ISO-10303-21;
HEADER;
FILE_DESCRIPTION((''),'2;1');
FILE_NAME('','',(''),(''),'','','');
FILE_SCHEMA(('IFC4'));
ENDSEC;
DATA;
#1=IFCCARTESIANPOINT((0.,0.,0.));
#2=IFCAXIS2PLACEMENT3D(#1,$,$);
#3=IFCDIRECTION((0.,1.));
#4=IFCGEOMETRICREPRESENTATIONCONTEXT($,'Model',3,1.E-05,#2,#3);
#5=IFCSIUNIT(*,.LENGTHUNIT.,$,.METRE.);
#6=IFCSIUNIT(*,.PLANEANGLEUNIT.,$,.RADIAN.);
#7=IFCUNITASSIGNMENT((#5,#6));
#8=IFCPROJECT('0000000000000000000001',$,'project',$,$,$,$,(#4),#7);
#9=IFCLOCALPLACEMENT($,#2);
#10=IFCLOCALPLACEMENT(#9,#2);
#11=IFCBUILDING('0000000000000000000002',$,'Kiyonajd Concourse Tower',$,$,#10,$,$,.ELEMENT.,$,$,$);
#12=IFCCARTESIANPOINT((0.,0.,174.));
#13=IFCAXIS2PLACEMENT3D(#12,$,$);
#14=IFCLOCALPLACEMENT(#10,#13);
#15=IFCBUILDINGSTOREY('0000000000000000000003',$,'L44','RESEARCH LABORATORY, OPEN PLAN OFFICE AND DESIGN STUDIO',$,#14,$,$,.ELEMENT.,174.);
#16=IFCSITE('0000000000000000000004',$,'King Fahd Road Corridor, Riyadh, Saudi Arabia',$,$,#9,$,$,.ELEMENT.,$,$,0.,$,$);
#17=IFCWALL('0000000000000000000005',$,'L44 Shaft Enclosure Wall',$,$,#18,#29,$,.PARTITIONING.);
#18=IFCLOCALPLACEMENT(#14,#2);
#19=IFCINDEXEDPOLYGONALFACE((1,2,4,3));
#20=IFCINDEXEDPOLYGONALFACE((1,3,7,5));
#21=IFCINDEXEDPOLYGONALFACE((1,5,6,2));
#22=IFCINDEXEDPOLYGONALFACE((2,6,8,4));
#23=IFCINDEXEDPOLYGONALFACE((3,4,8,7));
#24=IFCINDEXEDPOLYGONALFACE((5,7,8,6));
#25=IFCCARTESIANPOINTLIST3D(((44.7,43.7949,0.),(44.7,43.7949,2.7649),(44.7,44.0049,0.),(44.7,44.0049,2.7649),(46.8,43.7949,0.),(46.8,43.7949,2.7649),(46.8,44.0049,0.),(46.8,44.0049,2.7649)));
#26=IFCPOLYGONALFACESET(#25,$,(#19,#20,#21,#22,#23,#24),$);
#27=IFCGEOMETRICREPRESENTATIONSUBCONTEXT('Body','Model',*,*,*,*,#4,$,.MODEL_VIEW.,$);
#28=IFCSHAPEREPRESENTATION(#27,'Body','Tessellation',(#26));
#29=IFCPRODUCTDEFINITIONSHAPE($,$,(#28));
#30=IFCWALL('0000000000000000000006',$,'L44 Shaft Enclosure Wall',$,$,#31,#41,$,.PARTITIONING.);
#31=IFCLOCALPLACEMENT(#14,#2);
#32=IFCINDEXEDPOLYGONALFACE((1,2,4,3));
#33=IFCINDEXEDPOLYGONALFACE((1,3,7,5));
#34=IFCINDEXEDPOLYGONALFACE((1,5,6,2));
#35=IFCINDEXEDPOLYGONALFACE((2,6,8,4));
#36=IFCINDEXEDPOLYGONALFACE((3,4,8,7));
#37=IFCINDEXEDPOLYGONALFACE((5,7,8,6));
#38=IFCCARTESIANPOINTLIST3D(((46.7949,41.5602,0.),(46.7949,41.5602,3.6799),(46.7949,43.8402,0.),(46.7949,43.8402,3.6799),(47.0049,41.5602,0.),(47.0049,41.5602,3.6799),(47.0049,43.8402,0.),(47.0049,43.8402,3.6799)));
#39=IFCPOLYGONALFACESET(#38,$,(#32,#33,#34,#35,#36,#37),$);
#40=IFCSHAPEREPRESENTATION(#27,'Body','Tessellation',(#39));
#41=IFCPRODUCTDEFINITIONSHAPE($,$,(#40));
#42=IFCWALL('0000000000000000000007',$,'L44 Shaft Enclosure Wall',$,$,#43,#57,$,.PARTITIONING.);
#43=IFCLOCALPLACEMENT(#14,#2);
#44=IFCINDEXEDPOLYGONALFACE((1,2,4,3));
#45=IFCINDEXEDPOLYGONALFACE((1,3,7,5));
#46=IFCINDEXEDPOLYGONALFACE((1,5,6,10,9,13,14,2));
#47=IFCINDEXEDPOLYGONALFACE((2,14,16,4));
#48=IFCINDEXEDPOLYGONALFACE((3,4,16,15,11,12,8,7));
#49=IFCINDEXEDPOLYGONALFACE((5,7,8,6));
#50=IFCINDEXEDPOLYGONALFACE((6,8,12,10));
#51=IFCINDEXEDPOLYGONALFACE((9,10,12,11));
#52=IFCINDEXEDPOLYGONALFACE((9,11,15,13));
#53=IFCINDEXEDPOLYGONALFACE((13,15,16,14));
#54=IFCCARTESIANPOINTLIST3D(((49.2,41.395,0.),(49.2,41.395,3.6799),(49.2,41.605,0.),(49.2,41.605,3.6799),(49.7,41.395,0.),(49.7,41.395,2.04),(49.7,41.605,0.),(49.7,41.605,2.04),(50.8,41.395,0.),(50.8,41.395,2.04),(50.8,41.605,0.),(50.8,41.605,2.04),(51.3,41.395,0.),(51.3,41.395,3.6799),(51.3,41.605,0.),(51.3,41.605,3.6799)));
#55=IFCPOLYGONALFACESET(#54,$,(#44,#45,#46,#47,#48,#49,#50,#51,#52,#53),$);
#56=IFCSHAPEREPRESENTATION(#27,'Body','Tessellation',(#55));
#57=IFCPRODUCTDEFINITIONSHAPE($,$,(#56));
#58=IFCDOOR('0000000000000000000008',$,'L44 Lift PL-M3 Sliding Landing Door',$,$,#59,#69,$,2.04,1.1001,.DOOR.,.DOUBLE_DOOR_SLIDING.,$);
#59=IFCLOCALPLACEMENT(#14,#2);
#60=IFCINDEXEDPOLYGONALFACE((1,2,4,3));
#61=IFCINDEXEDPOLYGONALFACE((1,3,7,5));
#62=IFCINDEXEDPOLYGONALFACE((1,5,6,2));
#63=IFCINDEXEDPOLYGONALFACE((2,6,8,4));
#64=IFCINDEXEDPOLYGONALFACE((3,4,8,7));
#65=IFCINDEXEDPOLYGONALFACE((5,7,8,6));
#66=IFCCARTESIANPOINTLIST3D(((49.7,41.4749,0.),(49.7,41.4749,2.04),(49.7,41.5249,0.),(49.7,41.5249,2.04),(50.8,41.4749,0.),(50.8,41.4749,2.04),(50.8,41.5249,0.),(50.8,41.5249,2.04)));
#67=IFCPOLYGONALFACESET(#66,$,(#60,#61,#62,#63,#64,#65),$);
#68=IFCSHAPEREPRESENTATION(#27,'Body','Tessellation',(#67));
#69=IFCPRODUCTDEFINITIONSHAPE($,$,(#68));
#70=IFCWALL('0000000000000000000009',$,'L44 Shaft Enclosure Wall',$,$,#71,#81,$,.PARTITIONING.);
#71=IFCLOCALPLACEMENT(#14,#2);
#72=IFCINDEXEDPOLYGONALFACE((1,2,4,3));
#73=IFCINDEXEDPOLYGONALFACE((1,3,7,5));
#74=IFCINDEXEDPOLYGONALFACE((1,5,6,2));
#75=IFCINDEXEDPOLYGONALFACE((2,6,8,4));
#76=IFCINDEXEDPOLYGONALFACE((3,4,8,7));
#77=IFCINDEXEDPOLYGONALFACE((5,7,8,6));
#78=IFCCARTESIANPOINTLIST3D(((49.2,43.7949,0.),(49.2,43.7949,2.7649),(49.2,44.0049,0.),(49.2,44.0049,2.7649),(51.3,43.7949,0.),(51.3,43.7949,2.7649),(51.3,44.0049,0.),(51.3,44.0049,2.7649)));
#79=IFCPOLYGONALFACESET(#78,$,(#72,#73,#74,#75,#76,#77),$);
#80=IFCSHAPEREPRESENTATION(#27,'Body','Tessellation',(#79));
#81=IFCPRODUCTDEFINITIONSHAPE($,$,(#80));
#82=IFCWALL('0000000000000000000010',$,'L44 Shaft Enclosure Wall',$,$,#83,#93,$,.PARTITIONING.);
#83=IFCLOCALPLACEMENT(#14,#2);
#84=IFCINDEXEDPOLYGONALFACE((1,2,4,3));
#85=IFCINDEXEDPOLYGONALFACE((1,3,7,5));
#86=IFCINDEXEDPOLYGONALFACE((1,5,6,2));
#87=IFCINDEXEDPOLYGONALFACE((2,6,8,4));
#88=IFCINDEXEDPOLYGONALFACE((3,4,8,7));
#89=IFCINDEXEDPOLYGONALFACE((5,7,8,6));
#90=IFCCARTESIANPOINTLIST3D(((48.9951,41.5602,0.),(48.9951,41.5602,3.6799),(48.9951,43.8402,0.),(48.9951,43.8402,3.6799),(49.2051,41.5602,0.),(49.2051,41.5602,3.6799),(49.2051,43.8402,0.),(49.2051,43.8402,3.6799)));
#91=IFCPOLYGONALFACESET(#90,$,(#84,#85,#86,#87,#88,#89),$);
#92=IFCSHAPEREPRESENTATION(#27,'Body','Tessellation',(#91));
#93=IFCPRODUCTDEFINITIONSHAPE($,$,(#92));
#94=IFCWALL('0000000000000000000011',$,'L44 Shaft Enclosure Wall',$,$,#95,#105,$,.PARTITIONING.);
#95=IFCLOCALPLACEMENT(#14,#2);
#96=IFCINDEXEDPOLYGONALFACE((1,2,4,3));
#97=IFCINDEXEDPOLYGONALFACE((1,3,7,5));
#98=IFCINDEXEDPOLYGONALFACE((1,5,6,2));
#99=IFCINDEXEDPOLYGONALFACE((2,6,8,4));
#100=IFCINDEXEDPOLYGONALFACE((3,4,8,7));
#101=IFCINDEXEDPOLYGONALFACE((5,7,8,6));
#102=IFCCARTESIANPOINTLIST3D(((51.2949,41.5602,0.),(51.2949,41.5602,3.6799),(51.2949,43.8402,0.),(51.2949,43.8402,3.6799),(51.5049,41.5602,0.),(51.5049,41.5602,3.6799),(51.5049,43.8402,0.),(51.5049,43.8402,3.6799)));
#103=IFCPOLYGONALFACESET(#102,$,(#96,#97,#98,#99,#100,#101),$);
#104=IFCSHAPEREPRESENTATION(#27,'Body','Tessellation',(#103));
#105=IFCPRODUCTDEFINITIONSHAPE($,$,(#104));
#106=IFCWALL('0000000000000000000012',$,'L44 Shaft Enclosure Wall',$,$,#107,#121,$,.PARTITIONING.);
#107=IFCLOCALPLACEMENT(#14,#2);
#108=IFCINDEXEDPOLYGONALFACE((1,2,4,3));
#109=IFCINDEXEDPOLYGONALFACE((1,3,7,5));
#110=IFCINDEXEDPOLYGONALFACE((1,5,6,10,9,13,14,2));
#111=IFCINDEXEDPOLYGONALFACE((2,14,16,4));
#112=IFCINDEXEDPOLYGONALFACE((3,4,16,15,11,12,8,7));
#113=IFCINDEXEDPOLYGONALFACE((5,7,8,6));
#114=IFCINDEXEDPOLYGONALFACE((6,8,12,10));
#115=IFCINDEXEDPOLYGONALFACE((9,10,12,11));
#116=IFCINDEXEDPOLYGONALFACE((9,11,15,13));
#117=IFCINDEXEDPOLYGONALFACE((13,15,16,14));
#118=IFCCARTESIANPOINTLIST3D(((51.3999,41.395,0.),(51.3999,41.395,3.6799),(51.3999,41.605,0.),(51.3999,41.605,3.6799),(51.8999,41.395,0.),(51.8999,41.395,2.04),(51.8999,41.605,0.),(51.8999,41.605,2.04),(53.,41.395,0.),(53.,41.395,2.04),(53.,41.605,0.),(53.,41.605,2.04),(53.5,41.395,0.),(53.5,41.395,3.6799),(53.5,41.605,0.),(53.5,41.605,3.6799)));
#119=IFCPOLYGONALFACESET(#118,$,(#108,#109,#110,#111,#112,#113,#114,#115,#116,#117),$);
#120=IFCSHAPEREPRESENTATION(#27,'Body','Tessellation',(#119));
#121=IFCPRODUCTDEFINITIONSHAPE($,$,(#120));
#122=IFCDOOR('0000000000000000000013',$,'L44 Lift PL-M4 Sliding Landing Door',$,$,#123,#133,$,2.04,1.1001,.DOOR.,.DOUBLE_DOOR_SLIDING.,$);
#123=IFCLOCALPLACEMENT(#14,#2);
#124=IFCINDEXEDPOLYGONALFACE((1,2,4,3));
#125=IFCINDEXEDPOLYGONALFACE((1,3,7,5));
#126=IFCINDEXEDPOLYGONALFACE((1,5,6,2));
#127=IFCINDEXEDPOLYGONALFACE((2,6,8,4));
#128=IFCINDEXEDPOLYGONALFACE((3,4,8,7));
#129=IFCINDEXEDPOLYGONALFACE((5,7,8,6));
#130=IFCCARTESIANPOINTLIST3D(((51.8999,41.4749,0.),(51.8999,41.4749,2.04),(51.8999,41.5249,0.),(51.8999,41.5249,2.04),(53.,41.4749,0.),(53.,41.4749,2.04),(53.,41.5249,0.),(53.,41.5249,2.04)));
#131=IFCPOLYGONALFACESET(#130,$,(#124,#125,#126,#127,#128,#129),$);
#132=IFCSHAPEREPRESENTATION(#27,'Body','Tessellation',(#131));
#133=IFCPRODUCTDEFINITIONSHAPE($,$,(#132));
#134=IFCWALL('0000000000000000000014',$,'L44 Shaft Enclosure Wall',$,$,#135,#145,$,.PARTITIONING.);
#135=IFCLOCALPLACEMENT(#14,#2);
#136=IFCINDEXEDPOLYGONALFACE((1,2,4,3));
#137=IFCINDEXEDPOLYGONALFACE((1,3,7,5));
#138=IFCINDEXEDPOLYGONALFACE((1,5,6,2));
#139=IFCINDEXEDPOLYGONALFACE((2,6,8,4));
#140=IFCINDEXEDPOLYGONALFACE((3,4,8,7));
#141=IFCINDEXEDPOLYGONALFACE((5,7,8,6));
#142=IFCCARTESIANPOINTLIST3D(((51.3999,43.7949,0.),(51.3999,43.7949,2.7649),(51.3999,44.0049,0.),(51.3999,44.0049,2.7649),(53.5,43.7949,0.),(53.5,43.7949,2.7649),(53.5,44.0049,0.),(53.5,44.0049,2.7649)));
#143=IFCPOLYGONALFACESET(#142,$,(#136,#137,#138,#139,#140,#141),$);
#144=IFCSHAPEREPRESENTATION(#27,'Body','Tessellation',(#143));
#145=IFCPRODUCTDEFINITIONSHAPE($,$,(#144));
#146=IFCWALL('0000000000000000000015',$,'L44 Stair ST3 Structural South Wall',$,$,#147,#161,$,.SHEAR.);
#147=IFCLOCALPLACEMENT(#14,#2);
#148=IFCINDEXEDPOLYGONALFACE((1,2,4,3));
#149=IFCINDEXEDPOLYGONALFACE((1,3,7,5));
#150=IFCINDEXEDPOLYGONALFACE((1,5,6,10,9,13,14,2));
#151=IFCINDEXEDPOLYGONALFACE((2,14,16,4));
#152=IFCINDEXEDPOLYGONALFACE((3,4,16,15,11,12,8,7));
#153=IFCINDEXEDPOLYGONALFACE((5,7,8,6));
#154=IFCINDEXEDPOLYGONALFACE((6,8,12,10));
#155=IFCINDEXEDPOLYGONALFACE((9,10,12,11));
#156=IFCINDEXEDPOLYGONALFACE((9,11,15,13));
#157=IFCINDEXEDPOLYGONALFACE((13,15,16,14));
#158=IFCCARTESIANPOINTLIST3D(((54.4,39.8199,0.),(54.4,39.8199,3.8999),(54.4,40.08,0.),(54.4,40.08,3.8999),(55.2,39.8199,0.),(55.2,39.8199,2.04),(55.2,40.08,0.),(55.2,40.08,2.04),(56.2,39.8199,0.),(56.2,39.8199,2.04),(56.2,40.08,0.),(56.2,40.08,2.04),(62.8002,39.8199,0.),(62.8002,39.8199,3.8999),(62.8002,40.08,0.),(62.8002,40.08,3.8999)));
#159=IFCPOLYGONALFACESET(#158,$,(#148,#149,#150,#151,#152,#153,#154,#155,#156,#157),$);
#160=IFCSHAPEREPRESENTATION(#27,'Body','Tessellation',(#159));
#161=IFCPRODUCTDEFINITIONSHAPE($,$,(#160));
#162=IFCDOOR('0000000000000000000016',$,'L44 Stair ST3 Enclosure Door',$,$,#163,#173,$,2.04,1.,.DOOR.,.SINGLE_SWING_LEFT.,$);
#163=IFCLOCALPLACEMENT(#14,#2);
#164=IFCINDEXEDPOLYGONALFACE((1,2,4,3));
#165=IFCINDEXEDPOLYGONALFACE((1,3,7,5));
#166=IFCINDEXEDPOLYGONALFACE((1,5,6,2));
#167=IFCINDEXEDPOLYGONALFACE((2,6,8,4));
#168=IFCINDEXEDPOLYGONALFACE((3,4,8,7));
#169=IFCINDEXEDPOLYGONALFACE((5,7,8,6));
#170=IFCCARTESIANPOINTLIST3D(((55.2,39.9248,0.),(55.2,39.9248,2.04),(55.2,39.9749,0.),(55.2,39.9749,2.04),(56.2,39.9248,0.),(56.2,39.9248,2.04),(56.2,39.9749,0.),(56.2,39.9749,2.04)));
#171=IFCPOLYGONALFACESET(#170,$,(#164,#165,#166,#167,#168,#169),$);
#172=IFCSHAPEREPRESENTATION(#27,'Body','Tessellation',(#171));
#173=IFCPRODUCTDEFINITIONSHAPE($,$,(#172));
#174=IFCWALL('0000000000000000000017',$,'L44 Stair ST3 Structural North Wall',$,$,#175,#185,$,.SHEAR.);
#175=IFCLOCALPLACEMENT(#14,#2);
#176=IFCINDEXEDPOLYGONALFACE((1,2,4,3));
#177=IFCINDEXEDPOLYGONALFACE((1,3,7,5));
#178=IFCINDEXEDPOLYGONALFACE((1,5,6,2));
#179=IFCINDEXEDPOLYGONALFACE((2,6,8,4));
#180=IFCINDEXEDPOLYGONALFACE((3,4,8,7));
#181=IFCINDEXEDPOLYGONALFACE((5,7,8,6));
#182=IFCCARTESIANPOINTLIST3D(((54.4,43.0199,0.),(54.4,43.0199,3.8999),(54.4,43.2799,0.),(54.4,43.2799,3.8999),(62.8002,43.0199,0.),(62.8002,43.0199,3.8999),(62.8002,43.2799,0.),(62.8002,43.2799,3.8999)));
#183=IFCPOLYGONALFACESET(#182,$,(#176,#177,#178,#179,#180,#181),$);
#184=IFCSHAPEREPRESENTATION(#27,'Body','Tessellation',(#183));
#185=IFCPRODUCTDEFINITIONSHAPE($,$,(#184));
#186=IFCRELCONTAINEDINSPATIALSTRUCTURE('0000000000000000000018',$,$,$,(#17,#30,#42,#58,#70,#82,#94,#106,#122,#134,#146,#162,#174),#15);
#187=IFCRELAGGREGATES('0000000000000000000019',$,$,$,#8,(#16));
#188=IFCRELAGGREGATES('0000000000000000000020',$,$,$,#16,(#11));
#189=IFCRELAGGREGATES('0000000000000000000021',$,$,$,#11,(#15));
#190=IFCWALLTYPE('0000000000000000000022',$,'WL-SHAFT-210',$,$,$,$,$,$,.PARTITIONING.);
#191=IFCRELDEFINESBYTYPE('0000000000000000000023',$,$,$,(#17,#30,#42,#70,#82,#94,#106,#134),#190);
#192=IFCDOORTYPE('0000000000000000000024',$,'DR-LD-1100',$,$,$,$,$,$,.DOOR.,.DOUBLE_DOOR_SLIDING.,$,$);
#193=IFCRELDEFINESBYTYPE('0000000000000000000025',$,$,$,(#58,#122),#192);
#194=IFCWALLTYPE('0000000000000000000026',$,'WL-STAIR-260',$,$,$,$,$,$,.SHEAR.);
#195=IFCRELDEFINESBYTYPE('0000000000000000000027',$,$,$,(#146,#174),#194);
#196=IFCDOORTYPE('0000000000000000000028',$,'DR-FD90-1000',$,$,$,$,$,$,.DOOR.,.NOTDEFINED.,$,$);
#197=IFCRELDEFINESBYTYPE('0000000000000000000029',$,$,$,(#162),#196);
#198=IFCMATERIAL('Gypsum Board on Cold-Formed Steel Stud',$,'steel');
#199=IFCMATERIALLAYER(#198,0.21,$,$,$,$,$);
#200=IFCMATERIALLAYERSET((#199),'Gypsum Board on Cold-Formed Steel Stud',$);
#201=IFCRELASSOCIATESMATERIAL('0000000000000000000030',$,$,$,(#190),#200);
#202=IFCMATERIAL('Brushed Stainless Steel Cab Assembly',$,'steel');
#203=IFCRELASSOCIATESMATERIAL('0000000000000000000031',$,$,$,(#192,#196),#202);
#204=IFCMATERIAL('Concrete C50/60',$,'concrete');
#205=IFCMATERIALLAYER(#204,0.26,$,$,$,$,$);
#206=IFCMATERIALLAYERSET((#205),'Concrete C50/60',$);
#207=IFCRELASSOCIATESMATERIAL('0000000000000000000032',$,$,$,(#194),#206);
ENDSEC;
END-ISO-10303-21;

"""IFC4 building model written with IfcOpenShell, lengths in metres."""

from ifc_helpers import new_model, si_unit, direction, frame, frame_2d, origin, place, context, subcontext, project, spatial, rectangle, extrude, material, layer, layer_set, type_object, element, fill, save


model = new_model("IFC4")

# Units and contexts
model_context = context("Model", 3, precision=1e-05, world=origin(), true_north=direction((0.0, 1.0)))
body_context = subcontext(model_context, "Body", "Model", "MODEL_VIEW")
ifc_project = project(units=[si_unit("LENGTHUNIT", "METRE"), si_unit("PLANEANGLEUNIT", "RADIAN")], contexts=[model_context])

# Site, building, storey
site_placement = place(None, origin())
site = spatial("IfcSite", under=ifc_project, at=site_placement, Name="King Fahd Road Corridor, Riyadh, Saudi Arabia", CompositionType="ELEMENT", RefElevation=0.0)
building_placement = place(site_placement, origin())
building = spatial("IfcBuilding", under=site, at=building_placement, Name="Kiyonajd Concourse Tower", CompositionType="ELEMENT")
storey_placement = place(building_placement, frame((0.0, 0.0, 174.0)))
storey = spatial("IfcBuildingStorey", under=building, at=storey_placement, Name="L44", Description="RESEARCH LABORATORY, OPEN PLAN OFFICE AND DESIGN STUDIO", CompositionType="ELEMENT", Elevation=174.0)

# Shared definitions
ifc_material_1 = material(Name="Concrete C50/60", Category="concrete")

# Shared definitions
ifc_material_2 = material(Name="Gypsum Board on Cold-Formed Steel Stud", Category="steel")
ifc_layer_1 = layer(ifc_material_2, 0.21)
ifc_layer_set_1 = layer_set([ifc_layer_1], Name="Gypsum Board on Cold-Formed Steel Stud")
wall_type_1 = type_object("IfcWallType", Name="WL-SHAFT-210", PredefinedType="PARTITIONING", material=ifc_layer_set_1)

# Shared definitions
ifc_material_3 = material(Name="Brushed Stainless Steel Cab Assembly", Category="steel")
door_type_1 = type_object("IfcDoorType", Name="DR-LD-1100", OperationType="DOUBLE_DOOR_SLIDING", PredefinedType="DOOR", material=ifc_material_3)

# Walls
wall_1_placement = place(storey_placement, frame((44.7, 43.8999, 0.0), z_axis=(0.0, 0.0, 1.0), x_axis=(1.0, 0.0, 0.0)))
element("IfcWall", 1, at=wall_1_placement, inside=storey, type_object=wall_type_1, Name="L44 Shaft Enclosure Wall", PredefinedType="PARTITIONING", context=body_context, shape_type="SweptSolid", body=[
    extrude(rectangle(XDim=2.1001, YDim=0.21, at=frame_2d((1.05, 0.0))), origin(), (0.0, 0.0, 1.0), 2.7649),
])
wall_2_placement = place(storey_placement, frame((46.8999, 41.5601, 0.0), z_axis=(0.0, 0.0, 1.0), x_axis=(0.0, 1.0, 0.0)))
element("IfcWall", 2, at=wall_2_placement, inside=storey, type_object=wall_type_1, Name="L44 Shaft Enclosure Wall", PredefinedType="PARTITIONING", context=body_context, shape_type="SweptSolid", body=[
    extrude(rectangle(XDim=2.28, YDim=0.21, at=frame_2d((1.1401, 0.0))), origin(), (0.0, 0.0, 1.0), 3.6799),
])

# Wall, opening, door
wall_3_placement = place(storey_placement, frame((49.2, 41.5, 0.0), z_axis=(0.0, 0.0, 1.0), x_axis=(1.0, 0.0, 0.0)))
wall_3 = element("IfcWall", 3, at=wall_3_placement, inside=storey, type_object=wall_type_1, Name="L44 Shaft Enclosure Wall", PredefinedType="PARTITIONING", context=body_context, shape_type="SweptSolid", body=[
    extrude(rectangle(XDim=2.1001, YDim=0.21, at=frame_2d((1.05, 0.0))), origin(), (0.0, 0.0, 1.0), 3.6799),
])
opening_1_placement = place(wall_3_placement, frame((0.5, 0.0, 0.0)))
opening_1 = element("IfcOpeningElement", 4, at=opening_1_placement, cuts=wall_3, PredefinedType="OPENING", context=body_context, shape_type="SweptSolid", body=[
    extrude(rectangle(XDim=1.1001, YDim=2.04, at=frame_2d((0.55, 1.02))), frame((0.0, 0.115, 0.0), z_axis=(0.0, -1.0, 0.0), x_axis=(1.0, 0.0, 0.0)), (0.0, 0.0, 1.0), 0.23),
])
door_1_placement = place(opening_1_placement, origin())
door_1 = element("IfcDoor", 5, at=door_1_placement, inside=storey, type_object=door_type_1, Name="L44 Lift PL-M3 Sliding Landing Door", OperationType="DOUBLE_DOOR_SLIDING", OverallHeight=2.04, OverallWidth=1.1001, PredefinedType="DOOR", context=body_context, shape_type="SweptSolid", body=[
    extrude(rectangle(XDim=1.1001, YDim=2.04, at=frame_2d((0.55, 1.02))), frame((0.0, 0.0249, 0.0), z_axis=(0.0, -1.0, 0.0), x_axis=(1.0, 0.0, 0.0)), (0.0, 0.0, 1.0), 0.05),
])
fill(opening_1, door_1)

# Walls
wall_4_placement = place(storey_placement, frame((49.2, 43.8999, 0.0), z_axis=(0.0, 0.0, 1.0), x_axis=(1.0, 0.0, 0.0)))
element("IfcWall", 6, at=wall_4_placement, inside=storey, type_object=wall_type_1, Name="L44 Shaft Enclosure Wall", PredefinedType="PARTITIONING", context=body_context, shape_type="SweptSolid", body=[
    extrude(rectangle(XDim=2.1001, YDim=0.21, at=frame_2d((1.05, 0.0))), origin(), (0.0, 0.0, 1.0), 2.7649),
])
for number, where, z_axis, x_axis, name in (
    (7, (49.1001, 41.5601, 0.0), (0.0, 0.0, 1.0), (0.0, 1.0, 0.0), "L44 Shaft Enclosure Wall"),
    (8, (51.3999, 41.5601, 0.0), (0.0, 0.0, 1.0), (0.0, 1.0, 0.0), "L44 Shaft Enclosure Wall"),
):
    element("IfcWall", number, at=place(storey_placement, frame(where, z_axis=z_axis, x_axis=x_axis)), inside=storey, type_object=wall_type_1, Name=name, PredefinedType="PARTITIONING", context=body_context, shape_type="SweptSolid", body=[
        extrude(rectangle(XDim=2.28, YDim=0.21, at=frame_2d((1.1401, 0.0))), origin(), (0.0, 0.0, 1.0), 3.6799),
    ])

# Wall, opening, door
wall_5_placement = place(storey_placement, frame((51.3999, 41.5, 0.0), z_axis=(0.0, 0.0, 1.0), x_axis=(1.0, 0.0, 0.0)))
wall_5 = element("IfcWall", 9, at=wall_5_placement, inside=storey, type_object=wall_type_1, Name="L44 Shaft Enclosure Wall", PredefinedType="PARTITIONING", context=body_context, shape_type="SweptSolid", body=[
    extrude(rectangle(XDim=2.1001, YDim=0.21, at=frame_2d((1.05, 0.0))), origin(), (0.0, 0.0, 1.0), 3.6799),
])
opening_2_placement = place(wall_5_placement, frame((0.5, 0.0, 0.0)))
opening_2 = element("IfcOpeningElement", 10, at=opening_2_placement, cuts=wall_5, PredefinedType="OPENING", context=body_context, shape_type="SweptSolid", body=[
    extrude(rectangle(XDim=1.1001, YDim=2.04, at=frame_2d((0.55, 1.02))), frame((0.0, 0.115, 0.0), z_axis=(0.0, -1.0, 0.0), x_axis=(1.0, 0.0, 0.0)), (0.0, 0.0, 1.0), 0.23),
])
door_2_placement = place(opening_2_placement, origin())
door_2 = element("IfcDoor", 11, at=door_2_placement, inside=storey, type_object=door_type_1, Name="L44 Lift PL-M4 Sliding Landing Door", OperationType="DOUBLE_DOOR_SLIDING", OverallHeight=2.04, OverallWidth=1.1001, PredefinedType="DOOR", context=body_context, shape_type="SweptSolid", body=[
    extrude(rectangle(XDim=1.1001, YDim=2.04, at=frame_2d((0.55, 1.02))), frame((0.0, 0.0249, 0.0), z_axis=(0.0, -1.0, 0.0), x_axis=(1.0, 0.0, 0.0)), (0.0, 0.0, 1.0), 0.05),
])
fill(opening_2, door_2)

# Wall
wall_6_placement = place(storey_placement, frame((51.3999, 43.8999, 0.0), z_axis=(0.0, 0.0, 1.0), x_axis=(1.0, 0.0, 0.0)))
element("IfcWall", 12, at=wall_6_placement, inside=storey, type_object=wall_type_1, Name="L44 Shaft Enclosure Wall", PredefinedType="PARTITIONING", context=body_context, shape_type="SweptSolid", body=[
    extrude(rectangle(XDim=2.1001, YDim=0.21, at=frame_2d((1.05, 0.0))), origin(), (0.0, 0.0, 1.0), 2.7649),
])

# Wall, opening, door
ifc_layer_2 = layer(ifc_material_1, 0.26)
ifc_layer_set_2 = layer_set([ifc_layer_2], Name="Concrete C50/60")
wall_type_2 = type_object("IfcWallType", Name="WL-STAIR-260", PredefinedType="SHEAR", material=ifc_layer_set_2)
wall_7_placement = place(storey_placement, frame((54.3999, 39.95, 0.0), z_axis=(0.0, 0.0, 1.0), x_axis=(1.0, 0.0, 0.0)))
wall_7 = element("IfcWall", 13, at=wall_7_placement, inside=storey, type_object=wall_type_2, Name="L44 Stair ST3 Structural South Wall", PredefinedType="SHEAR", context=body_context, shape_type="SweptSolid", body=[
    extrude(rectangle(XDim=8.4001, YDim=0.26, at=frame_2d((4.2002, 0.0))), origin(), (0.0, 0.0, 1.0), 3.8999),
])
opening_3_placement = place(wall_7_placement, frame((0.8, 0.0, 0.0)))
opening_3 = element("IfcOpeningElement", 14, at=opening_3_placement, cuts=wall_7, PredefinedType="OPENING", context=body_context, shape_type="SweptSolid", body=[
    extrude(rectangle(XDim=1.0, YDim=2.04, at=frame_2d((0.5, 1.02))), frame((0.0, 0.1399, 0.0), z_axis=(0.0, -1.0, 0.0), x_axis=(1.0, 0.0, 0.0)), (0.0, 0.0, 1.0), 0.28),
])
door_type_2 = type_object("IfcDoorType", Name="DR-FD90-1000", OperationType="NOTDEFINED", PredefinedType="DOOR", material=ifc_material_3)
door_3_placement = place(opening_3_placement, origin())
door_3 = element("IfcDoor", 15, at=door_3_placement, inside=storey, type_object=door_type_2, Name="L44 Stair ST3 Enclosure Door", OperationType="SINGLE_SWING_LEFT", OverallHeight=2.04, OverallWidth=1.0, PredefinedType="DOOR", context=body_context, shape_type="SweptSolid", body=[
    extrude(rectangle(XDim=1.0, YDim=2.04, at=frame_2d((0.5, 1.02))), frame((0.0, 0.0249, 0.0), z_axis=(0.0, -1.0, 0.0), x_axis=(1.0, 0.0, 0.0)), (0.0, 0.0, 1.0), 0.05),
])
fill(opening_3, door_3)

# Wall
wall_8_placement = place(storey_placement, frame((54.3999, 43.1499, 0.0), z_axis=(0.0, 0.0, 1.0), x_axis=(1.0, 0.0, 0.0)))
element("IfcWall", 16, at=wall_8_placement, inside=storey, type_object=wall_type_2, Name="L44 Stair ST3 Structural North Wall", PredefinedType="SHEAR", context=body_context, shape_type="SweptSolid", body=[
    extrude(rectangle(XDim=8.4001, YDim=0.26, at=frame_2d((4.2002, 0.0))), origin(), (0.0, 0.0, 1.0), 3.8999),
])

save(model, "model.ifc")
